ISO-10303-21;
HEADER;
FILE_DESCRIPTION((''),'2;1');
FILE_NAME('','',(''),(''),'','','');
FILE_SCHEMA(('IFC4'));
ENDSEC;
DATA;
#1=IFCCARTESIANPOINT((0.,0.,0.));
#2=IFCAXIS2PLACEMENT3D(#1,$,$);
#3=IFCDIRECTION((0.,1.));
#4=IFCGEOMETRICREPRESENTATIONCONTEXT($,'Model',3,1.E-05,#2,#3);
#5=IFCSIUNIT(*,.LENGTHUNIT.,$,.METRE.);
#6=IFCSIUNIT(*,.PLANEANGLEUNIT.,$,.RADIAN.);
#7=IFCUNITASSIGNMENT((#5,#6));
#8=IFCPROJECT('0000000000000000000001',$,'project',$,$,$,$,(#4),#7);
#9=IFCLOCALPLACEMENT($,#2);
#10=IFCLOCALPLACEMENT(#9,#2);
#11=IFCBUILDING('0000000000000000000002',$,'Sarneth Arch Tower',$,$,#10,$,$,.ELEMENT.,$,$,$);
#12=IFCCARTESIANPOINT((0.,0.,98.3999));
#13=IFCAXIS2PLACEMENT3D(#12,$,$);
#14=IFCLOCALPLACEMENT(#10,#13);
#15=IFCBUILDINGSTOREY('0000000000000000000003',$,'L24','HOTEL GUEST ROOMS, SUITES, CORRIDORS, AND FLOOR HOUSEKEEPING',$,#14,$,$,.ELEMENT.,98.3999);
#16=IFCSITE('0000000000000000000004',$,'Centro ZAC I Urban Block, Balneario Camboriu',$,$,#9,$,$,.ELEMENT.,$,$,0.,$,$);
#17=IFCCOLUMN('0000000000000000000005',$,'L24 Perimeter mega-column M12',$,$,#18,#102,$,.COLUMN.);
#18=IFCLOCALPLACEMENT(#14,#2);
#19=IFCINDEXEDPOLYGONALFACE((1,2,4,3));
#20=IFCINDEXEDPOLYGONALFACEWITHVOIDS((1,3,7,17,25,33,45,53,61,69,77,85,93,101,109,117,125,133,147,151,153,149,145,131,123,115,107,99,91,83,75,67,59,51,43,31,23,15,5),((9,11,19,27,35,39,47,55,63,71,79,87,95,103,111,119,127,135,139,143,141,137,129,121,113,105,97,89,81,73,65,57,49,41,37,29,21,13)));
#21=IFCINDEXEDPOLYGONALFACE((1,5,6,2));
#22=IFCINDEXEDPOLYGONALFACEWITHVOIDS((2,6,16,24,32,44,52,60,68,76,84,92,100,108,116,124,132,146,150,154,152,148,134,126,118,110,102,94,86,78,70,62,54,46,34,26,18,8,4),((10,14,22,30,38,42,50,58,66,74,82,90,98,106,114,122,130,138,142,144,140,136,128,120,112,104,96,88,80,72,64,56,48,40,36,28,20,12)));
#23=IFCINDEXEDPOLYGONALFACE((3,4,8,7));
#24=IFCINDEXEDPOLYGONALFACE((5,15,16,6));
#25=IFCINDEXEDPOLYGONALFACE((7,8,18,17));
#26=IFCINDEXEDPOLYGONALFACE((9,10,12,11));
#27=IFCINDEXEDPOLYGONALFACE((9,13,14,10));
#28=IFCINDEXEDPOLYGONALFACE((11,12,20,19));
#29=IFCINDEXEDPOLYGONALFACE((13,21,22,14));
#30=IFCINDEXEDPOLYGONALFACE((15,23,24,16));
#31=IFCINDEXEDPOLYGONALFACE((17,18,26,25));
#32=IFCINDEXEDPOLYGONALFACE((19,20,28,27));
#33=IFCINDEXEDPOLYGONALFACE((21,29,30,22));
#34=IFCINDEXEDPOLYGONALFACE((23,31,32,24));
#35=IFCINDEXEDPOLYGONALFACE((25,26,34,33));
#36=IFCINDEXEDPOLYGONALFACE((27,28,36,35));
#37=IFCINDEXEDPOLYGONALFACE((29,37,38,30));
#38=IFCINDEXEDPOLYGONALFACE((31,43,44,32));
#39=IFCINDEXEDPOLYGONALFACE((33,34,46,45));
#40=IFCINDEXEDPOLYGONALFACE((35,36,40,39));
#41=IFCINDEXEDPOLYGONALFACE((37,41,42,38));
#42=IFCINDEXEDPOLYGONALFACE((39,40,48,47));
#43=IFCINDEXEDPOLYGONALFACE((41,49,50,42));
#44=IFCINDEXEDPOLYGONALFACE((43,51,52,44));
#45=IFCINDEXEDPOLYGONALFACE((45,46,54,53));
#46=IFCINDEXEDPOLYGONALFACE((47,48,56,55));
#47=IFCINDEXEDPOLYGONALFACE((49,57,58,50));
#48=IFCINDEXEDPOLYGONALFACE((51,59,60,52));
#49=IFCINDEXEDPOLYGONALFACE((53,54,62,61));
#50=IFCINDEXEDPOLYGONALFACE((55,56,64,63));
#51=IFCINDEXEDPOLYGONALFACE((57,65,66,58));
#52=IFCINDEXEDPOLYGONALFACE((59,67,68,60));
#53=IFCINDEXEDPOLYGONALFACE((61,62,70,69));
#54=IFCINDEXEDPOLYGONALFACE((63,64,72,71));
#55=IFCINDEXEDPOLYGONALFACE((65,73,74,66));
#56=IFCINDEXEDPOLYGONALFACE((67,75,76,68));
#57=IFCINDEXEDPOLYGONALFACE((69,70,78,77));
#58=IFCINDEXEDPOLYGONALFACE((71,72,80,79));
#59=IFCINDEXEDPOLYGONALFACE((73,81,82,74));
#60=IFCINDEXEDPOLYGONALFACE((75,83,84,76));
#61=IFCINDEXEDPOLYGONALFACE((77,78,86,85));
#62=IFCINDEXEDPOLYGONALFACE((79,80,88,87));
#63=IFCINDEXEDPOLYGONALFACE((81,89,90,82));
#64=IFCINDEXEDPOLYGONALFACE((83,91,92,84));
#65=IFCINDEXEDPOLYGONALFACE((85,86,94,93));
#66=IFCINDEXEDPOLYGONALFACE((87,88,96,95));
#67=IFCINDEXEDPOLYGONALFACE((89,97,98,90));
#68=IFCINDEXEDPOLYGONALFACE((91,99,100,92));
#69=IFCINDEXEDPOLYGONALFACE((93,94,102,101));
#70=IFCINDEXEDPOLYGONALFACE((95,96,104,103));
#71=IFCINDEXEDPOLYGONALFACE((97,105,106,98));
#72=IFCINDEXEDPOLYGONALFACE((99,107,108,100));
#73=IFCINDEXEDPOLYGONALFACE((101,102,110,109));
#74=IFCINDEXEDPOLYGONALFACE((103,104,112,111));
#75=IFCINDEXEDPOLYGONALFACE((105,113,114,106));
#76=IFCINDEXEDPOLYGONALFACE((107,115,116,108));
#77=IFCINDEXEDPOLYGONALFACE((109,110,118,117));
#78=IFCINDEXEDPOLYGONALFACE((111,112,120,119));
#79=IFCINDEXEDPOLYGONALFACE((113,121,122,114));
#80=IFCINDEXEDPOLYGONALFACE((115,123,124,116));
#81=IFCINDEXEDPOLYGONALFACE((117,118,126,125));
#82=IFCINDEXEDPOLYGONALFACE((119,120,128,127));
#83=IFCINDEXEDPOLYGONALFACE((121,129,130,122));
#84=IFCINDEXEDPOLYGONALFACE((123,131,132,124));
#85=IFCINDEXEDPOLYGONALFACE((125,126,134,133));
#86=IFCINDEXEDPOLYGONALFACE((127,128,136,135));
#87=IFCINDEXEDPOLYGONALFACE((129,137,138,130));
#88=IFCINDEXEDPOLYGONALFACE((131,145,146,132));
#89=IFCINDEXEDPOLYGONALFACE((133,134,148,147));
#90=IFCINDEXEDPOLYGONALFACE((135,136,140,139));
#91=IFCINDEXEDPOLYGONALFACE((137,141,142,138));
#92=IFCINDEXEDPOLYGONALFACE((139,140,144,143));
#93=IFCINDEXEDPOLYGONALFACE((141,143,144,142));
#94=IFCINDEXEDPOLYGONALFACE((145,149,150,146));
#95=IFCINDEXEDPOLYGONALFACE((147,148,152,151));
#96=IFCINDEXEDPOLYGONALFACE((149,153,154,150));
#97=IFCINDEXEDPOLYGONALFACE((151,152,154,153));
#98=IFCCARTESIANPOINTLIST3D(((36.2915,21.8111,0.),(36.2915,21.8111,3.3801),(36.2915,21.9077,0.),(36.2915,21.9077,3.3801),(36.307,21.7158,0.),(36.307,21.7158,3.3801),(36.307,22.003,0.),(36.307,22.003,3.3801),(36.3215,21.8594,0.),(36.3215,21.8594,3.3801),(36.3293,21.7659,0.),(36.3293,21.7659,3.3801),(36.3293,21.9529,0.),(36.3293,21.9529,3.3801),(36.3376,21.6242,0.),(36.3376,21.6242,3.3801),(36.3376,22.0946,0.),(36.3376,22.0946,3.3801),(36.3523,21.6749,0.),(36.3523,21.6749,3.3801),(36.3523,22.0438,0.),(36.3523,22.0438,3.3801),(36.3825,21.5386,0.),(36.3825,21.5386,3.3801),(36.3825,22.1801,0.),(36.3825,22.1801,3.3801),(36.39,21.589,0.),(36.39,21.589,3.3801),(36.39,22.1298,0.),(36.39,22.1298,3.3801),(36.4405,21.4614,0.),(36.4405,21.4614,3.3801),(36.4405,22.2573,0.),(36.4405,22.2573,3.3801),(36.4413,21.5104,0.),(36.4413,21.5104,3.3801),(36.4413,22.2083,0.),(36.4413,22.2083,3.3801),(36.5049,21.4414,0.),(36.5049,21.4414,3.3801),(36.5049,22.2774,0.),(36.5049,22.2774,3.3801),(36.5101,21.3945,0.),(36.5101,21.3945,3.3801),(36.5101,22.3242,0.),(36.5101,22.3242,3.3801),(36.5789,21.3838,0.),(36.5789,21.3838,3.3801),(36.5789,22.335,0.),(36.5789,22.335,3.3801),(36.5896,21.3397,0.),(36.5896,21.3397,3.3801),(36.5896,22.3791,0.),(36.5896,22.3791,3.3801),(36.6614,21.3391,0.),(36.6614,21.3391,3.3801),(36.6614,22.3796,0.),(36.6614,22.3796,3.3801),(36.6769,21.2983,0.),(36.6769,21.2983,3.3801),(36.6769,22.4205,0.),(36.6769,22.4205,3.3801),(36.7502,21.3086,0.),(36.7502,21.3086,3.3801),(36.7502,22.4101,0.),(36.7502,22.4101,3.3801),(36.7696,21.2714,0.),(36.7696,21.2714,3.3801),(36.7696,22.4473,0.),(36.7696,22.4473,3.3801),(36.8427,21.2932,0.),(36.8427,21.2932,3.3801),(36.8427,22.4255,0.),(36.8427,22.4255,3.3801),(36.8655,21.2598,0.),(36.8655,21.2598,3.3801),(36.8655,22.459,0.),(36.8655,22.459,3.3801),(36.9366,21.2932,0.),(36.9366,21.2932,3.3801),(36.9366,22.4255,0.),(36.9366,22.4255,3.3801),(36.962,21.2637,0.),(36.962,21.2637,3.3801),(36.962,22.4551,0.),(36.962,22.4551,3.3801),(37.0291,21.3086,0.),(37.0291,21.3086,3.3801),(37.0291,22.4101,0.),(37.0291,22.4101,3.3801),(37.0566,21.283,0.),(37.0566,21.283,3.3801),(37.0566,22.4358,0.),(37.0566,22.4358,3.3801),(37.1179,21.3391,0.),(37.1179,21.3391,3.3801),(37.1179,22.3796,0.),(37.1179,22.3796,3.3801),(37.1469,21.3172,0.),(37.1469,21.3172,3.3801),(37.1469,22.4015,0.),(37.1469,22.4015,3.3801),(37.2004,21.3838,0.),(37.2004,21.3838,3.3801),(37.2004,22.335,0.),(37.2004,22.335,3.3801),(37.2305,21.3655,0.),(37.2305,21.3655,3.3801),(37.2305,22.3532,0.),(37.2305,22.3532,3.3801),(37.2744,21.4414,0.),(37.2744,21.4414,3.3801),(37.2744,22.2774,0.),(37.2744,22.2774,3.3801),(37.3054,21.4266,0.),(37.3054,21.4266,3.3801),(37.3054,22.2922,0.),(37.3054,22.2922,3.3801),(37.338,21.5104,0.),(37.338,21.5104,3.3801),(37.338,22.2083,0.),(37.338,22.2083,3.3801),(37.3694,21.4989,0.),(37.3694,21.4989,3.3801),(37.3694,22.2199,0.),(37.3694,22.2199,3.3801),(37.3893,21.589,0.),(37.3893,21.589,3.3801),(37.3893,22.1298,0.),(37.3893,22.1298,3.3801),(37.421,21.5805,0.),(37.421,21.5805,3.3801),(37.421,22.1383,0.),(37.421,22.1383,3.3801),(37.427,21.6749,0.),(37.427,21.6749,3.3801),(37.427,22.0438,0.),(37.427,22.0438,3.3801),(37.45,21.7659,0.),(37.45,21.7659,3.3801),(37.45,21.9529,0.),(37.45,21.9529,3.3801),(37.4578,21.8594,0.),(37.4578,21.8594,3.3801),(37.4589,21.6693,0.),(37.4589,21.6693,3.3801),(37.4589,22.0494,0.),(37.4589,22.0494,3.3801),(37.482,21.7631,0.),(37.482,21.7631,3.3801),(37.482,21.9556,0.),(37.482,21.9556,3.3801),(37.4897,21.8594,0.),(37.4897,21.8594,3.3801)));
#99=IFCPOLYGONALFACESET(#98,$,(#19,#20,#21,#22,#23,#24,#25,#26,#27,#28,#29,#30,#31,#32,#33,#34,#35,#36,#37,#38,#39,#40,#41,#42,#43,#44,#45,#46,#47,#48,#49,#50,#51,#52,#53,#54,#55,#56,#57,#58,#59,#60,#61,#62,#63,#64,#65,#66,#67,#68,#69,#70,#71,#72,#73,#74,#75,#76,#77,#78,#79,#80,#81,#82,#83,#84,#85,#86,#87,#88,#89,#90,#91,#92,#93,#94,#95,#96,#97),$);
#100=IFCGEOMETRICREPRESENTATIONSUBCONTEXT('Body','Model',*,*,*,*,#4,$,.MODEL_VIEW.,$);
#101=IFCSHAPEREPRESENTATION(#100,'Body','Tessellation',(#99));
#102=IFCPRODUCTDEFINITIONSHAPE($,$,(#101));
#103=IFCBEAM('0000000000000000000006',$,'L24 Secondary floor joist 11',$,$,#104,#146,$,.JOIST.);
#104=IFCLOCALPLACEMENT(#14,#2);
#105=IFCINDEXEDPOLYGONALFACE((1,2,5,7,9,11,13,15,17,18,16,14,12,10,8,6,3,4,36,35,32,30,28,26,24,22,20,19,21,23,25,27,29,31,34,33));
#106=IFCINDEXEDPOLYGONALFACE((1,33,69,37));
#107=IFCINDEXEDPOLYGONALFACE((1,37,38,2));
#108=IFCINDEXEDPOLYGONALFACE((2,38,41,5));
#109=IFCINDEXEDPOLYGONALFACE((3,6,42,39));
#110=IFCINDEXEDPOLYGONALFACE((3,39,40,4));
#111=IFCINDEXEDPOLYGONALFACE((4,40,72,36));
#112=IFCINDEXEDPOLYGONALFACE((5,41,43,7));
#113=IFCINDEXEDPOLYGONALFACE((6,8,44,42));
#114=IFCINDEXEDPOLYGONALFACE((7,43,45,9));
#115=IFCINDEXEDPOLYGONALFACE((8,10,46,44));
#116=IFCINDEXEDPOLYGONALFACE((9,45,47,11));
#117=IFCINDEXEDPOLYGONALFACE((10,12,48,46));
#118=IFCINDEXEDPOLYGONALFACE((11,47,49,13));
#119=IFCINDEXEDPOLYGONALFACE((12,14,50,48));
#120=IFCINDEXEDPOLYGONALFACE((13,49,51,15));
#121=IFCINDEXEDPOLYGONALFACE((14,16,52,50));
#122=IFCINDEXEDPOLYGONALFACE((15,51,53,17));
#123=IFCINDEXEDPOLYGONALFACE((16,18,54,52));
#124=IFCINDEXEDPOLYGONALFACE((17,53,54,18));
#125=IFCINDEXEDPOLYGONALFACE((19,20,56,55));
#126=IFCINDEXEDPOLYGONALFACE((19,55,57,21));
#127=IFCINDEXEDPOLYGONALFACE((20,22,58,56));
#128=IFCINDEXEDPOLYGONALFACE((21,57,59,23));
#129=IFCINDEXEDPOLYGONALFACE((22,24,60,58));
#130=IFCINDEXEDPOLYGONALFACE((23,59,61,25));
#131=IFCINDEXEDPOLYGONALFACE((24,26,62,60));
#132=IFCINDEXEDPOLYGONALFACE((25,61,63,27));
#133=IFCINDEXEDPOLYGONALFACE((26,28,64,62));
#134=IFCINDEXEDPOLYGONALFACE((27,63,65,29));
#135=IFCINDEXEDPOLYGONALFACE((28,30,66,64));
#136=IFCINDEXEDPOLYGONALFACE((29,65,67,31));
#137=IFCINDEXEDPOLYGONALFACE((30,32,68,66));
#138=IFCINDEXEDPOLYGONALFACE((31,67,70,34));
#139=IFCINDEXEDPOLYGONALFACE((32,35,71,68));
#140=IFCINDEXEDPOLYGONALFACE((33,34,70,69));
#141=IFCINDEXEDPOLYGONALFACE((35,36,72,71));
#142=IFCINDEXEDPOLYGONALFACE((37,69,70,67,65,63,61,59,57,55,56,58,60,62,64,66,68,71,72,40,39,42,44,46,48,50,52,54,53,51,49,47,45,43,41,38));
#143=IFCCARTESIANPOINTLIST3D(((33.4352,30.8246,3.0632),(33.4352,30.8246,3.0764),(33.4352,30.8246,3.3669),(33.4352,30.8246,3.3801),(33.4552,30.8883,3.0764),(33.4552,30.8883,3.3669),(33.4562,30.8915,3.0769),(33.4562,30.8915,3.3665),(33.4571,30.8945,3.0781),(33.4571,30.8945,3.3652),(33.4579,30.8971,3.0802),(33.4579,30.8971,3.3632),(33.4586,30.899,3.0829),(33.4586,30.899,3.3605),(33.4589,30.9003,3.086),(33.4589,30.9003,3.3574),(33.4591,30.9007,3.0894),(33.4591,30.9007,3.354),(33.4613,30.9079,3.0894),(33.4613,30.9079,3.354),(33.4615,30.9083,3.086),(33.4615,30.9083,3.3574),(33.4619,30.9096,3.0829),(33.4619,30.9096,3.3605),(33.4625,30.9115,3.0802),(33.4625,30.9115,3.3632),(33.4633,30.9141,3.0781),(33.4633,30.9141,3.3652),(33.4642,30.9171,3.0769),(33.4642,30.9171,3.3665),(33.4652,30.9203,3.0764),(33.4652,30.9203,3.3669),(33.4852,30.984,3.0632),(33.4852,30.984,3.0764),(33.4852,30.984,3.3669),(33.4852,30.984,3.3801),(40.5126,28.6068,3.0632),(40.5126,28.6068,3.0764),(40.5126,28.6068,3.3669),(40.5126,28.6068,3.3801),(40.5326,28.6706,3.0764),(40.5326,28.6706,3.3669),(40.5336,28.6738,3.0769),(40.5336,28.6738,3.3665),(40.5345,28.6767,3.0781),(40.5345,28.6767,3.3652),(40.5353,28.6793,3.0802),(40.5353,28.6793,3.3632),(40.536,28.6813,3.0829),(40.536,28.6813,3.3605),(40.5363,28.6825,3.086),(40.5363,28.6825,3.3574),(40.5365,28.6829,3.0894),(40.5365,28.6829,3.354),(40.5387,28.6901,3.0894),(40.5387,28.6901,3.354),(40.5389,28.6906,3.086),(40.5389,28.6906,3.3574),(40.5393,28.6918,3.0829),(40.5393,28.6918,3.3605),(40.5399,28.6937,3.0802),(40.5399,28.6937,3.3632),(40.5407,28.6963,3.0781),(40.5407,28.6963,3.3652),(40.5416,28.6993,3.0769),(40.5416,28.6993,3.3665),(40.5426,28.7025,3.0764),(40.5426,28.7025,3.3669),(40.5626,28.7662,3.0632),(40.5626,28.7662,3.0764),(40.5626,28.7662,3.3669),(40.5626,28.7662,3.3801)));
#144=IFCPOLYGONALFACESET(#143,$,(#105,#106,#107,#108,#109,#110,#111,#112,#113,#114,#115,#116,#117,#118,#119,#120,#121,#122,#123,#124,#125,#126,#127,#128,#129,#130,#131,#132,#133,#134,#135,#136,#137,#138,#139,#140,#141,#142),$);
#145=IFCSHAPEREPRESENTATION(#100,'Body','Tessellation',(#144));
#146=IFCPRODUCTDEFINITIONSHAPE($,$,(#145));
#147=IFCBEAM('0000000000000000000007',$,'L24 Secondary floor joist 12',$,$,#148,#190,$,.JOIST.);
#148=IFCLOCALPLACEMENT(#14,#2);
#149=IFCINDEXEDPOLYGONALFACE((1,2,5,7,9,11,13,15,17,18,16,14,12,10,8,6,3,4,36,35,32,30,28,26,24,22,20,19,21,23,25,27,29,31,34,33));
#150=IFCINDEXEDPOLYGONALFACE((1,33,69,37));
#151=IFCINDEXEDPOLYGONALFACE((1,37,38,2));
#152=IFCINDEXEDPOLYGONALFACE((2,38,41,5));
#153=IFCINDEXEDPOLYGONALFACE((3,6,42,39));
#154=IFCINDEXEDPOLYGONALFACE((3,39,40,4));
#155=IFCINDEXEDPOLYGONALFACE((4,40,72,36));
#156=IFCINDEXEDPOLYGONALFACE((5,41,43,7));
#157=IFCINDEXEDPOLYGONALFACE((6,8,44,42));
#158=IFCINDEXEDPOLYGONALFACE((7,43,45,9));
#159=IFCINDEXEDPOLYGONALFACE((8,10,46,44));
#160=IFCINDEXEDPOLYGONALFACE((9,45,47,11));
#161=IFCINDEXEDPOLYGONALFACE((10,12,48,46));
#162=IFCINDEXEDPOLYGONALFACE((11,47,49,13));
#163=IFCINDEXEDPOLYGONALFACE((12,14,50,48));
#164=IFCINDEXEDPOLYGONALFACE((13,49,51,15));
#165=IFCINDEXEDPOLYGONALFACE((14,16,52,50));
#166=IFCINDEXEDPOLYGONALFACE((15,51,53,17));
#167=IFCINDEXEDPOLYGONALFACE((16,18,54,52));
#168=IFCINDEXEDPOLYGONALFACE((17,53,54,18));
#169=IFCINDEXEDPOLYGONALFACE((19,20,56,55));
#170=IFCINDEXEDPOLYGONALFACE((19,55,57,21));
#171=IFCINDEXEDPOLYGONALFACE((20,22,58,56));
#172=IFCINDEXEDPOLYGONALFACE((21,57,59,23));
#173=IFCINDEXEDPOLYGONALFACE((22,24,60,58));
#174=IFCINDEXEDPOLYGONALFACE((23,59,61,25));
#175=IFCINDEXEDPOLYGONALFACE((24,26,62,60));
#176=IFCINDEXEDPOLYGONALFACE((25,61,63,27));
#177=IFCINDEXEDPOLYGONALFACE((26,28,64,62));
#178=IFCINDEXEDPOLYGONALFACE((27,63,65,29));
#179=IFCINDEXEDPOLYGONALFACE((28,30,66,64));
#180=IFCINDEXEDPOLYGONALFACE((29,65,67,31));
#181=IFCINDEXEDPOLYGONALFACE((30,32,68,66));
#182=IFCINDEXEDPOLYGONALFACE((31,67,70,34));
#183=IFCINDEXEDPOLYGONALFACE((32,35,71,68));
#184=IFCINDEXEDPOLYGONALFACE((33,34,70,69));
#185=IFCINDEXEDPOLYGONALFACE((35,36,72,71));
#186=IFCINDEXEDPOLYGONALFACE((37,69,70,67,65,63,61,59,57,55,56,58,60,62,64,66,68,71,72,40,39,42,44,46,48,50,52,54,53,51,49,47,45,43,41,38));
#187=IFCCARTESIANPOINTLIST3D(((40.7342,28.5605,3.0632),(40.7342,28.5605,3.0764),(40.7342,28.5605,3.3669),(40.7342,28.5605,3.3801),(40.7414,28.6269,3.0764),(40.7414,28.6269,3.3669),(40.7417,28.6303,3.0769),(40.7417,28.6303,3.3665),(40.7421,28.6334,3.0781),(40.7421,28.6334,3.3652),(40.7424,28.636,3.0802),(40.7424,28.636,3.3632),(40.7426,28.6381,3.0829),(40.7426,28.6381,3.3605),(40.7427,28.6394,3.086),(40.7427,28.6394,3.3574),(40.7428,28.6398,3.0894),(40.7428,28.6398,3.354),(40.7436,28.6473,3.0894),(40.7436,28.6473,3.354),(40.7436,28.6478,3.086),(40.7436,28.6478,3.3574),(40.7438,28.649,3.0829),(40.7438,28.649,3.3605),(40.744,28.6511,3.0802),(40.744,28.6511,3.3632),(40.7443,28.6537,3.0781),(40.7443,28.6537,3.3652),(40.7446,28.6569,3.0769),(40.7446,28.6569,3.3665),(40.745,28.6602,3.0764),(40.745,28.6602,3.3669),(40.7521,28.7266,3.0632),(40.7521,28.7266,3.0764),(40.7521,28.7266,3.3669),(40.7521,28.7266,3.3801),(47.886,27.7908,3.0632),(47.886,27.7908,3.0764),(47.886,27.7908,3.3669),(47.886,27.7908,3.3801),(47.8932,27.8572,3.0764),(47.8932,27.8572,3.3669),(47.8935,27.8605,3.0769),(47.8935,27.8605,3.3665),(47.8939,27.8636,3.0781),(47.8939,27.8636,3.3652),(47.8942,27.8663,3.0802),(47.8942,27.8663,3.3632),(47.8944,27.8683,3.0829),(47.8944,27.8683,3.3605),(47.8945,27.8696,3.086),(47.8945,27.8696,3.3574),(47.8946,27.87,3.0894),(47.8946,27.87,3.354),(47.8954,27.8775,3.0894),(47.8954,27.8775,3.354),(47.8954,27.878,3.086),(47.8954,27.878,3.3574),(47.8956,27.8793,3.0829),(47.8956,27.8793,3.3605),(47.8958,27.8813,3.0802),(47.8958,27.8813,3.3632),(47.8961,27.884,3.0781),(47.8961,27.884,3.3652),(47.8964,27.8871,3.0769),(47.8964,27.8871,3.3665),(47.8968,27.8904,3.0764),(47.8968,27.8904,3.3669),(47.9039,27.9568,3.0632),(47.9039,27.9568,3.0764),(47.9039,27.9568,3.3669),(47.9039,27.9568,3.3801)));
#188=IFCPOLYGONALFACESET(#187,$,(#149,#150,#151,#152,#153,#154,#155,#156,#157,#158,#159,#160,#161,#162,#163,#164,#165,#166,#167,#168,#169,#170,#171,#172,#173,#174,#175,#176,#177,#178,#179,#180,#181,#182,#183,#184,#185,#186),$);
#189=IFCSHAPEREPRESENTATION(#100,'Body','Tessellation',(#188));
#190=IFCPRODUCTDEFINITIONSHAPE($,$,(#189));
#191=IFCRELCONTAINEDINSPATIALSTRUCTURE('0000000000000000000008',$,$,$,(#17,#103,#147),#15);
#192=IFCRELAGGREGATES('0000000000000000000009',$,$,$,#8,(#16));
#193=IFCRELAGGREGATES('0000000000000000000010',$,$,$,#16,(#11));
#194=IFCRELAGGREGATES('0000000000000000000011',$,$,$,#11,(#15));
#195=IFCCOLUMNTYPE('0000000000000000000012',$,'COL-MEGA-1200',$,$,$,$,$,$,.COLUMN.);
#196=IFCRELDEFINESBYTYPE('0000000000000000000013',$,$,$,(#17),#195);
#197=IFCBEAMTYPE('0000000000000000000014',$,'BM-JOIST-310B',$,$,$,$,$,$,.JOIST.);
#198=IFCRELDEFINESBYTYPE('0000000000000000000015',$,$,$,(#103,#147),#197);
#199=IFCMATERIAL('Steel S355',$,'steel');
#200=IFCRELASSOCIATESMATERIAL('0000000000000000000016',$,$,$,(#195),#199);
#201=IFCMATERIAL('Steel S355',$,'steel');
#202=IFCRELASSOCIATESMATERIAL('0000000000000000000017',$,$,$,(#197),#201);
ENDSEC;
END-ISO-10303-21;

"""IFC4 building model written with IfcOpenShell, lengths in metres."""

from ifc_helpers import new_model, si_unit, direction, frame, origin, origin_2d, place, context, subcontext, project, spatial, hollow_circle, i_section, extrude, material, material_profile, profile_set, type_object, element, save


model = new_model("IFC4")

# Units and contexts
model_context = context("Model", 3, precision=1e-05, world=origin(), true_north=direction((0.0, 1.0)))
body_context = subcontext(model_context, "Body", "Model", "MODEL_VIEW")
ifc_project = project(units=[si_unit("LENGTHUNIT", "METRE"), si_unit("PLANEANGLEUNIT", "RADIAN")], contexts=[model_context])

# Site, building, storey
site_placement = place(None, origin())
site = spatial("IfcSite", under=ifc_project, at=site_placement, Name="Centro ZAC I Urban Block, Balneario Camboriu", CompositionType="ELEMENT", RefElevation=0.0)
building_placement = place(site_placement, origin())
building = spatial("IfcBuilding", under=site, at=building_placement, Name="Sarneth Arch Tower", CompositionType="ELEMENT")
storey_placement = place(building_placement, frame((0.0, 0.0, 98.3999)))
storey = spatial("IfcBuildingStorey", under=building, at=storey_placement, Name="L24", Description="HOTEL GUEST ROOMS, SUITES, CORRIDORS, AND FLOOR HOUSEKEEPING", CompositionType="ELEMENT", Elevation=98.3999)

# Column
ifc_material_1 = material(Name="Steel S355", Category="steel")
ifc_material_profile_1 = material_profile(ifc_material_1, hollow_circle(Radius=0.6001, WallThickness=0.032, at=origin_2d()), Name="CHS1200x32")
ifc_profile_set_1 = profile_set([ifc_material_profile_1], Name="Steel S355")
column_type = type_object("IfcColumnType", Name="COL-MEGA-1200", PredefinedType="COLUMN", material=ifc_profile_set_1)
column_placement = place(storey_placement, frame((36.8896, 21.8594, 0.0), z_axis=(0.0, 0.0, 1.0), x_axis=(1.0, 0.0, 0.0)))
element("IfcColumn", 1, at=column_placement, inside=storey, type_object=column_type, Name="L24 Perimeter mega-column M12", PredefinedType="COLUMN", context=body_context, shape_type="SweptSolid", body=[
    extrude(hollow_circle(Radius=0.6001, WallThickness=0.032, at=origin_2d()), origin(), (0.0, 0.0, 1.0), 3.3801),
])

# Beams
ifc_material_2 = material(Name="Steel S355", Category="steel")
ifc_material_profile_2 = material_profile(ifc_material_2, i_section(OverallWidth=0.167, OverallDepth=0.3169, WebThickness=0.0076, FlangeThickness=0.0132, FilletRadius=0.0129, at=origin_2d()), Name="W310x52")
ifc_profile_set_2 = profile_set([ifc_material_profile_2], Name="Steel S355")
beam_type_1 = type_object("IfcBeamType", Name="BM-JOIST-310B", PredefinedType="JOIST", material=ifc_profile_set_2)
beam_1_placement = place(storey_placement, frame((33.4602, 30.9043, 3.2217), z_axis=(0.954246, -0.299023, 0.0), x_axis=(0.299023, 0.954246, 0.0)))
element("IfcBeam", 2, at=beam_1_placement, inside=storey, type_object=beam_type_1, Name="L24 Secondary floor joist 11", PredefinedType="JOIST", context=body_context, shape_type="SweptSolid", body=[
    extrude(i_section(OverallWidth=0.167, OverallDepth=0.3169, WebThickness=0.0076, FlangeThickness=0.0132, FilletRadius=0.0129, at=origin_2d()), origin(), (0.0, 0.0, 1.0), 7.4167),
])
beam_2_placement = place(storey_placement, frame((40.7432, 28.6436, 3.2217), z_axis=(0.994257, -0.107015, 0.0), x_axis=(0.107015, 0.994257, 0.0)))
element("IfcBeam", 3, at=beam_2_placement, inside=storey, type_object=beam_type_1, Name="L24 Secondary floor joist 12", PredefinedType="JOIST", context=body_context, shape_type="SweptSolid", body=[
    extrude(i_section(OverallWidth=0.167, OverallDepth=0.3169, WebThickness=0.0076, FlangeThickness=0.0132, FilletRadius=0.0129, at=origin_2d()), origin(), (0.0, 0.0, 1.0), 7.1931),
])

save(model, "model.ifc")
